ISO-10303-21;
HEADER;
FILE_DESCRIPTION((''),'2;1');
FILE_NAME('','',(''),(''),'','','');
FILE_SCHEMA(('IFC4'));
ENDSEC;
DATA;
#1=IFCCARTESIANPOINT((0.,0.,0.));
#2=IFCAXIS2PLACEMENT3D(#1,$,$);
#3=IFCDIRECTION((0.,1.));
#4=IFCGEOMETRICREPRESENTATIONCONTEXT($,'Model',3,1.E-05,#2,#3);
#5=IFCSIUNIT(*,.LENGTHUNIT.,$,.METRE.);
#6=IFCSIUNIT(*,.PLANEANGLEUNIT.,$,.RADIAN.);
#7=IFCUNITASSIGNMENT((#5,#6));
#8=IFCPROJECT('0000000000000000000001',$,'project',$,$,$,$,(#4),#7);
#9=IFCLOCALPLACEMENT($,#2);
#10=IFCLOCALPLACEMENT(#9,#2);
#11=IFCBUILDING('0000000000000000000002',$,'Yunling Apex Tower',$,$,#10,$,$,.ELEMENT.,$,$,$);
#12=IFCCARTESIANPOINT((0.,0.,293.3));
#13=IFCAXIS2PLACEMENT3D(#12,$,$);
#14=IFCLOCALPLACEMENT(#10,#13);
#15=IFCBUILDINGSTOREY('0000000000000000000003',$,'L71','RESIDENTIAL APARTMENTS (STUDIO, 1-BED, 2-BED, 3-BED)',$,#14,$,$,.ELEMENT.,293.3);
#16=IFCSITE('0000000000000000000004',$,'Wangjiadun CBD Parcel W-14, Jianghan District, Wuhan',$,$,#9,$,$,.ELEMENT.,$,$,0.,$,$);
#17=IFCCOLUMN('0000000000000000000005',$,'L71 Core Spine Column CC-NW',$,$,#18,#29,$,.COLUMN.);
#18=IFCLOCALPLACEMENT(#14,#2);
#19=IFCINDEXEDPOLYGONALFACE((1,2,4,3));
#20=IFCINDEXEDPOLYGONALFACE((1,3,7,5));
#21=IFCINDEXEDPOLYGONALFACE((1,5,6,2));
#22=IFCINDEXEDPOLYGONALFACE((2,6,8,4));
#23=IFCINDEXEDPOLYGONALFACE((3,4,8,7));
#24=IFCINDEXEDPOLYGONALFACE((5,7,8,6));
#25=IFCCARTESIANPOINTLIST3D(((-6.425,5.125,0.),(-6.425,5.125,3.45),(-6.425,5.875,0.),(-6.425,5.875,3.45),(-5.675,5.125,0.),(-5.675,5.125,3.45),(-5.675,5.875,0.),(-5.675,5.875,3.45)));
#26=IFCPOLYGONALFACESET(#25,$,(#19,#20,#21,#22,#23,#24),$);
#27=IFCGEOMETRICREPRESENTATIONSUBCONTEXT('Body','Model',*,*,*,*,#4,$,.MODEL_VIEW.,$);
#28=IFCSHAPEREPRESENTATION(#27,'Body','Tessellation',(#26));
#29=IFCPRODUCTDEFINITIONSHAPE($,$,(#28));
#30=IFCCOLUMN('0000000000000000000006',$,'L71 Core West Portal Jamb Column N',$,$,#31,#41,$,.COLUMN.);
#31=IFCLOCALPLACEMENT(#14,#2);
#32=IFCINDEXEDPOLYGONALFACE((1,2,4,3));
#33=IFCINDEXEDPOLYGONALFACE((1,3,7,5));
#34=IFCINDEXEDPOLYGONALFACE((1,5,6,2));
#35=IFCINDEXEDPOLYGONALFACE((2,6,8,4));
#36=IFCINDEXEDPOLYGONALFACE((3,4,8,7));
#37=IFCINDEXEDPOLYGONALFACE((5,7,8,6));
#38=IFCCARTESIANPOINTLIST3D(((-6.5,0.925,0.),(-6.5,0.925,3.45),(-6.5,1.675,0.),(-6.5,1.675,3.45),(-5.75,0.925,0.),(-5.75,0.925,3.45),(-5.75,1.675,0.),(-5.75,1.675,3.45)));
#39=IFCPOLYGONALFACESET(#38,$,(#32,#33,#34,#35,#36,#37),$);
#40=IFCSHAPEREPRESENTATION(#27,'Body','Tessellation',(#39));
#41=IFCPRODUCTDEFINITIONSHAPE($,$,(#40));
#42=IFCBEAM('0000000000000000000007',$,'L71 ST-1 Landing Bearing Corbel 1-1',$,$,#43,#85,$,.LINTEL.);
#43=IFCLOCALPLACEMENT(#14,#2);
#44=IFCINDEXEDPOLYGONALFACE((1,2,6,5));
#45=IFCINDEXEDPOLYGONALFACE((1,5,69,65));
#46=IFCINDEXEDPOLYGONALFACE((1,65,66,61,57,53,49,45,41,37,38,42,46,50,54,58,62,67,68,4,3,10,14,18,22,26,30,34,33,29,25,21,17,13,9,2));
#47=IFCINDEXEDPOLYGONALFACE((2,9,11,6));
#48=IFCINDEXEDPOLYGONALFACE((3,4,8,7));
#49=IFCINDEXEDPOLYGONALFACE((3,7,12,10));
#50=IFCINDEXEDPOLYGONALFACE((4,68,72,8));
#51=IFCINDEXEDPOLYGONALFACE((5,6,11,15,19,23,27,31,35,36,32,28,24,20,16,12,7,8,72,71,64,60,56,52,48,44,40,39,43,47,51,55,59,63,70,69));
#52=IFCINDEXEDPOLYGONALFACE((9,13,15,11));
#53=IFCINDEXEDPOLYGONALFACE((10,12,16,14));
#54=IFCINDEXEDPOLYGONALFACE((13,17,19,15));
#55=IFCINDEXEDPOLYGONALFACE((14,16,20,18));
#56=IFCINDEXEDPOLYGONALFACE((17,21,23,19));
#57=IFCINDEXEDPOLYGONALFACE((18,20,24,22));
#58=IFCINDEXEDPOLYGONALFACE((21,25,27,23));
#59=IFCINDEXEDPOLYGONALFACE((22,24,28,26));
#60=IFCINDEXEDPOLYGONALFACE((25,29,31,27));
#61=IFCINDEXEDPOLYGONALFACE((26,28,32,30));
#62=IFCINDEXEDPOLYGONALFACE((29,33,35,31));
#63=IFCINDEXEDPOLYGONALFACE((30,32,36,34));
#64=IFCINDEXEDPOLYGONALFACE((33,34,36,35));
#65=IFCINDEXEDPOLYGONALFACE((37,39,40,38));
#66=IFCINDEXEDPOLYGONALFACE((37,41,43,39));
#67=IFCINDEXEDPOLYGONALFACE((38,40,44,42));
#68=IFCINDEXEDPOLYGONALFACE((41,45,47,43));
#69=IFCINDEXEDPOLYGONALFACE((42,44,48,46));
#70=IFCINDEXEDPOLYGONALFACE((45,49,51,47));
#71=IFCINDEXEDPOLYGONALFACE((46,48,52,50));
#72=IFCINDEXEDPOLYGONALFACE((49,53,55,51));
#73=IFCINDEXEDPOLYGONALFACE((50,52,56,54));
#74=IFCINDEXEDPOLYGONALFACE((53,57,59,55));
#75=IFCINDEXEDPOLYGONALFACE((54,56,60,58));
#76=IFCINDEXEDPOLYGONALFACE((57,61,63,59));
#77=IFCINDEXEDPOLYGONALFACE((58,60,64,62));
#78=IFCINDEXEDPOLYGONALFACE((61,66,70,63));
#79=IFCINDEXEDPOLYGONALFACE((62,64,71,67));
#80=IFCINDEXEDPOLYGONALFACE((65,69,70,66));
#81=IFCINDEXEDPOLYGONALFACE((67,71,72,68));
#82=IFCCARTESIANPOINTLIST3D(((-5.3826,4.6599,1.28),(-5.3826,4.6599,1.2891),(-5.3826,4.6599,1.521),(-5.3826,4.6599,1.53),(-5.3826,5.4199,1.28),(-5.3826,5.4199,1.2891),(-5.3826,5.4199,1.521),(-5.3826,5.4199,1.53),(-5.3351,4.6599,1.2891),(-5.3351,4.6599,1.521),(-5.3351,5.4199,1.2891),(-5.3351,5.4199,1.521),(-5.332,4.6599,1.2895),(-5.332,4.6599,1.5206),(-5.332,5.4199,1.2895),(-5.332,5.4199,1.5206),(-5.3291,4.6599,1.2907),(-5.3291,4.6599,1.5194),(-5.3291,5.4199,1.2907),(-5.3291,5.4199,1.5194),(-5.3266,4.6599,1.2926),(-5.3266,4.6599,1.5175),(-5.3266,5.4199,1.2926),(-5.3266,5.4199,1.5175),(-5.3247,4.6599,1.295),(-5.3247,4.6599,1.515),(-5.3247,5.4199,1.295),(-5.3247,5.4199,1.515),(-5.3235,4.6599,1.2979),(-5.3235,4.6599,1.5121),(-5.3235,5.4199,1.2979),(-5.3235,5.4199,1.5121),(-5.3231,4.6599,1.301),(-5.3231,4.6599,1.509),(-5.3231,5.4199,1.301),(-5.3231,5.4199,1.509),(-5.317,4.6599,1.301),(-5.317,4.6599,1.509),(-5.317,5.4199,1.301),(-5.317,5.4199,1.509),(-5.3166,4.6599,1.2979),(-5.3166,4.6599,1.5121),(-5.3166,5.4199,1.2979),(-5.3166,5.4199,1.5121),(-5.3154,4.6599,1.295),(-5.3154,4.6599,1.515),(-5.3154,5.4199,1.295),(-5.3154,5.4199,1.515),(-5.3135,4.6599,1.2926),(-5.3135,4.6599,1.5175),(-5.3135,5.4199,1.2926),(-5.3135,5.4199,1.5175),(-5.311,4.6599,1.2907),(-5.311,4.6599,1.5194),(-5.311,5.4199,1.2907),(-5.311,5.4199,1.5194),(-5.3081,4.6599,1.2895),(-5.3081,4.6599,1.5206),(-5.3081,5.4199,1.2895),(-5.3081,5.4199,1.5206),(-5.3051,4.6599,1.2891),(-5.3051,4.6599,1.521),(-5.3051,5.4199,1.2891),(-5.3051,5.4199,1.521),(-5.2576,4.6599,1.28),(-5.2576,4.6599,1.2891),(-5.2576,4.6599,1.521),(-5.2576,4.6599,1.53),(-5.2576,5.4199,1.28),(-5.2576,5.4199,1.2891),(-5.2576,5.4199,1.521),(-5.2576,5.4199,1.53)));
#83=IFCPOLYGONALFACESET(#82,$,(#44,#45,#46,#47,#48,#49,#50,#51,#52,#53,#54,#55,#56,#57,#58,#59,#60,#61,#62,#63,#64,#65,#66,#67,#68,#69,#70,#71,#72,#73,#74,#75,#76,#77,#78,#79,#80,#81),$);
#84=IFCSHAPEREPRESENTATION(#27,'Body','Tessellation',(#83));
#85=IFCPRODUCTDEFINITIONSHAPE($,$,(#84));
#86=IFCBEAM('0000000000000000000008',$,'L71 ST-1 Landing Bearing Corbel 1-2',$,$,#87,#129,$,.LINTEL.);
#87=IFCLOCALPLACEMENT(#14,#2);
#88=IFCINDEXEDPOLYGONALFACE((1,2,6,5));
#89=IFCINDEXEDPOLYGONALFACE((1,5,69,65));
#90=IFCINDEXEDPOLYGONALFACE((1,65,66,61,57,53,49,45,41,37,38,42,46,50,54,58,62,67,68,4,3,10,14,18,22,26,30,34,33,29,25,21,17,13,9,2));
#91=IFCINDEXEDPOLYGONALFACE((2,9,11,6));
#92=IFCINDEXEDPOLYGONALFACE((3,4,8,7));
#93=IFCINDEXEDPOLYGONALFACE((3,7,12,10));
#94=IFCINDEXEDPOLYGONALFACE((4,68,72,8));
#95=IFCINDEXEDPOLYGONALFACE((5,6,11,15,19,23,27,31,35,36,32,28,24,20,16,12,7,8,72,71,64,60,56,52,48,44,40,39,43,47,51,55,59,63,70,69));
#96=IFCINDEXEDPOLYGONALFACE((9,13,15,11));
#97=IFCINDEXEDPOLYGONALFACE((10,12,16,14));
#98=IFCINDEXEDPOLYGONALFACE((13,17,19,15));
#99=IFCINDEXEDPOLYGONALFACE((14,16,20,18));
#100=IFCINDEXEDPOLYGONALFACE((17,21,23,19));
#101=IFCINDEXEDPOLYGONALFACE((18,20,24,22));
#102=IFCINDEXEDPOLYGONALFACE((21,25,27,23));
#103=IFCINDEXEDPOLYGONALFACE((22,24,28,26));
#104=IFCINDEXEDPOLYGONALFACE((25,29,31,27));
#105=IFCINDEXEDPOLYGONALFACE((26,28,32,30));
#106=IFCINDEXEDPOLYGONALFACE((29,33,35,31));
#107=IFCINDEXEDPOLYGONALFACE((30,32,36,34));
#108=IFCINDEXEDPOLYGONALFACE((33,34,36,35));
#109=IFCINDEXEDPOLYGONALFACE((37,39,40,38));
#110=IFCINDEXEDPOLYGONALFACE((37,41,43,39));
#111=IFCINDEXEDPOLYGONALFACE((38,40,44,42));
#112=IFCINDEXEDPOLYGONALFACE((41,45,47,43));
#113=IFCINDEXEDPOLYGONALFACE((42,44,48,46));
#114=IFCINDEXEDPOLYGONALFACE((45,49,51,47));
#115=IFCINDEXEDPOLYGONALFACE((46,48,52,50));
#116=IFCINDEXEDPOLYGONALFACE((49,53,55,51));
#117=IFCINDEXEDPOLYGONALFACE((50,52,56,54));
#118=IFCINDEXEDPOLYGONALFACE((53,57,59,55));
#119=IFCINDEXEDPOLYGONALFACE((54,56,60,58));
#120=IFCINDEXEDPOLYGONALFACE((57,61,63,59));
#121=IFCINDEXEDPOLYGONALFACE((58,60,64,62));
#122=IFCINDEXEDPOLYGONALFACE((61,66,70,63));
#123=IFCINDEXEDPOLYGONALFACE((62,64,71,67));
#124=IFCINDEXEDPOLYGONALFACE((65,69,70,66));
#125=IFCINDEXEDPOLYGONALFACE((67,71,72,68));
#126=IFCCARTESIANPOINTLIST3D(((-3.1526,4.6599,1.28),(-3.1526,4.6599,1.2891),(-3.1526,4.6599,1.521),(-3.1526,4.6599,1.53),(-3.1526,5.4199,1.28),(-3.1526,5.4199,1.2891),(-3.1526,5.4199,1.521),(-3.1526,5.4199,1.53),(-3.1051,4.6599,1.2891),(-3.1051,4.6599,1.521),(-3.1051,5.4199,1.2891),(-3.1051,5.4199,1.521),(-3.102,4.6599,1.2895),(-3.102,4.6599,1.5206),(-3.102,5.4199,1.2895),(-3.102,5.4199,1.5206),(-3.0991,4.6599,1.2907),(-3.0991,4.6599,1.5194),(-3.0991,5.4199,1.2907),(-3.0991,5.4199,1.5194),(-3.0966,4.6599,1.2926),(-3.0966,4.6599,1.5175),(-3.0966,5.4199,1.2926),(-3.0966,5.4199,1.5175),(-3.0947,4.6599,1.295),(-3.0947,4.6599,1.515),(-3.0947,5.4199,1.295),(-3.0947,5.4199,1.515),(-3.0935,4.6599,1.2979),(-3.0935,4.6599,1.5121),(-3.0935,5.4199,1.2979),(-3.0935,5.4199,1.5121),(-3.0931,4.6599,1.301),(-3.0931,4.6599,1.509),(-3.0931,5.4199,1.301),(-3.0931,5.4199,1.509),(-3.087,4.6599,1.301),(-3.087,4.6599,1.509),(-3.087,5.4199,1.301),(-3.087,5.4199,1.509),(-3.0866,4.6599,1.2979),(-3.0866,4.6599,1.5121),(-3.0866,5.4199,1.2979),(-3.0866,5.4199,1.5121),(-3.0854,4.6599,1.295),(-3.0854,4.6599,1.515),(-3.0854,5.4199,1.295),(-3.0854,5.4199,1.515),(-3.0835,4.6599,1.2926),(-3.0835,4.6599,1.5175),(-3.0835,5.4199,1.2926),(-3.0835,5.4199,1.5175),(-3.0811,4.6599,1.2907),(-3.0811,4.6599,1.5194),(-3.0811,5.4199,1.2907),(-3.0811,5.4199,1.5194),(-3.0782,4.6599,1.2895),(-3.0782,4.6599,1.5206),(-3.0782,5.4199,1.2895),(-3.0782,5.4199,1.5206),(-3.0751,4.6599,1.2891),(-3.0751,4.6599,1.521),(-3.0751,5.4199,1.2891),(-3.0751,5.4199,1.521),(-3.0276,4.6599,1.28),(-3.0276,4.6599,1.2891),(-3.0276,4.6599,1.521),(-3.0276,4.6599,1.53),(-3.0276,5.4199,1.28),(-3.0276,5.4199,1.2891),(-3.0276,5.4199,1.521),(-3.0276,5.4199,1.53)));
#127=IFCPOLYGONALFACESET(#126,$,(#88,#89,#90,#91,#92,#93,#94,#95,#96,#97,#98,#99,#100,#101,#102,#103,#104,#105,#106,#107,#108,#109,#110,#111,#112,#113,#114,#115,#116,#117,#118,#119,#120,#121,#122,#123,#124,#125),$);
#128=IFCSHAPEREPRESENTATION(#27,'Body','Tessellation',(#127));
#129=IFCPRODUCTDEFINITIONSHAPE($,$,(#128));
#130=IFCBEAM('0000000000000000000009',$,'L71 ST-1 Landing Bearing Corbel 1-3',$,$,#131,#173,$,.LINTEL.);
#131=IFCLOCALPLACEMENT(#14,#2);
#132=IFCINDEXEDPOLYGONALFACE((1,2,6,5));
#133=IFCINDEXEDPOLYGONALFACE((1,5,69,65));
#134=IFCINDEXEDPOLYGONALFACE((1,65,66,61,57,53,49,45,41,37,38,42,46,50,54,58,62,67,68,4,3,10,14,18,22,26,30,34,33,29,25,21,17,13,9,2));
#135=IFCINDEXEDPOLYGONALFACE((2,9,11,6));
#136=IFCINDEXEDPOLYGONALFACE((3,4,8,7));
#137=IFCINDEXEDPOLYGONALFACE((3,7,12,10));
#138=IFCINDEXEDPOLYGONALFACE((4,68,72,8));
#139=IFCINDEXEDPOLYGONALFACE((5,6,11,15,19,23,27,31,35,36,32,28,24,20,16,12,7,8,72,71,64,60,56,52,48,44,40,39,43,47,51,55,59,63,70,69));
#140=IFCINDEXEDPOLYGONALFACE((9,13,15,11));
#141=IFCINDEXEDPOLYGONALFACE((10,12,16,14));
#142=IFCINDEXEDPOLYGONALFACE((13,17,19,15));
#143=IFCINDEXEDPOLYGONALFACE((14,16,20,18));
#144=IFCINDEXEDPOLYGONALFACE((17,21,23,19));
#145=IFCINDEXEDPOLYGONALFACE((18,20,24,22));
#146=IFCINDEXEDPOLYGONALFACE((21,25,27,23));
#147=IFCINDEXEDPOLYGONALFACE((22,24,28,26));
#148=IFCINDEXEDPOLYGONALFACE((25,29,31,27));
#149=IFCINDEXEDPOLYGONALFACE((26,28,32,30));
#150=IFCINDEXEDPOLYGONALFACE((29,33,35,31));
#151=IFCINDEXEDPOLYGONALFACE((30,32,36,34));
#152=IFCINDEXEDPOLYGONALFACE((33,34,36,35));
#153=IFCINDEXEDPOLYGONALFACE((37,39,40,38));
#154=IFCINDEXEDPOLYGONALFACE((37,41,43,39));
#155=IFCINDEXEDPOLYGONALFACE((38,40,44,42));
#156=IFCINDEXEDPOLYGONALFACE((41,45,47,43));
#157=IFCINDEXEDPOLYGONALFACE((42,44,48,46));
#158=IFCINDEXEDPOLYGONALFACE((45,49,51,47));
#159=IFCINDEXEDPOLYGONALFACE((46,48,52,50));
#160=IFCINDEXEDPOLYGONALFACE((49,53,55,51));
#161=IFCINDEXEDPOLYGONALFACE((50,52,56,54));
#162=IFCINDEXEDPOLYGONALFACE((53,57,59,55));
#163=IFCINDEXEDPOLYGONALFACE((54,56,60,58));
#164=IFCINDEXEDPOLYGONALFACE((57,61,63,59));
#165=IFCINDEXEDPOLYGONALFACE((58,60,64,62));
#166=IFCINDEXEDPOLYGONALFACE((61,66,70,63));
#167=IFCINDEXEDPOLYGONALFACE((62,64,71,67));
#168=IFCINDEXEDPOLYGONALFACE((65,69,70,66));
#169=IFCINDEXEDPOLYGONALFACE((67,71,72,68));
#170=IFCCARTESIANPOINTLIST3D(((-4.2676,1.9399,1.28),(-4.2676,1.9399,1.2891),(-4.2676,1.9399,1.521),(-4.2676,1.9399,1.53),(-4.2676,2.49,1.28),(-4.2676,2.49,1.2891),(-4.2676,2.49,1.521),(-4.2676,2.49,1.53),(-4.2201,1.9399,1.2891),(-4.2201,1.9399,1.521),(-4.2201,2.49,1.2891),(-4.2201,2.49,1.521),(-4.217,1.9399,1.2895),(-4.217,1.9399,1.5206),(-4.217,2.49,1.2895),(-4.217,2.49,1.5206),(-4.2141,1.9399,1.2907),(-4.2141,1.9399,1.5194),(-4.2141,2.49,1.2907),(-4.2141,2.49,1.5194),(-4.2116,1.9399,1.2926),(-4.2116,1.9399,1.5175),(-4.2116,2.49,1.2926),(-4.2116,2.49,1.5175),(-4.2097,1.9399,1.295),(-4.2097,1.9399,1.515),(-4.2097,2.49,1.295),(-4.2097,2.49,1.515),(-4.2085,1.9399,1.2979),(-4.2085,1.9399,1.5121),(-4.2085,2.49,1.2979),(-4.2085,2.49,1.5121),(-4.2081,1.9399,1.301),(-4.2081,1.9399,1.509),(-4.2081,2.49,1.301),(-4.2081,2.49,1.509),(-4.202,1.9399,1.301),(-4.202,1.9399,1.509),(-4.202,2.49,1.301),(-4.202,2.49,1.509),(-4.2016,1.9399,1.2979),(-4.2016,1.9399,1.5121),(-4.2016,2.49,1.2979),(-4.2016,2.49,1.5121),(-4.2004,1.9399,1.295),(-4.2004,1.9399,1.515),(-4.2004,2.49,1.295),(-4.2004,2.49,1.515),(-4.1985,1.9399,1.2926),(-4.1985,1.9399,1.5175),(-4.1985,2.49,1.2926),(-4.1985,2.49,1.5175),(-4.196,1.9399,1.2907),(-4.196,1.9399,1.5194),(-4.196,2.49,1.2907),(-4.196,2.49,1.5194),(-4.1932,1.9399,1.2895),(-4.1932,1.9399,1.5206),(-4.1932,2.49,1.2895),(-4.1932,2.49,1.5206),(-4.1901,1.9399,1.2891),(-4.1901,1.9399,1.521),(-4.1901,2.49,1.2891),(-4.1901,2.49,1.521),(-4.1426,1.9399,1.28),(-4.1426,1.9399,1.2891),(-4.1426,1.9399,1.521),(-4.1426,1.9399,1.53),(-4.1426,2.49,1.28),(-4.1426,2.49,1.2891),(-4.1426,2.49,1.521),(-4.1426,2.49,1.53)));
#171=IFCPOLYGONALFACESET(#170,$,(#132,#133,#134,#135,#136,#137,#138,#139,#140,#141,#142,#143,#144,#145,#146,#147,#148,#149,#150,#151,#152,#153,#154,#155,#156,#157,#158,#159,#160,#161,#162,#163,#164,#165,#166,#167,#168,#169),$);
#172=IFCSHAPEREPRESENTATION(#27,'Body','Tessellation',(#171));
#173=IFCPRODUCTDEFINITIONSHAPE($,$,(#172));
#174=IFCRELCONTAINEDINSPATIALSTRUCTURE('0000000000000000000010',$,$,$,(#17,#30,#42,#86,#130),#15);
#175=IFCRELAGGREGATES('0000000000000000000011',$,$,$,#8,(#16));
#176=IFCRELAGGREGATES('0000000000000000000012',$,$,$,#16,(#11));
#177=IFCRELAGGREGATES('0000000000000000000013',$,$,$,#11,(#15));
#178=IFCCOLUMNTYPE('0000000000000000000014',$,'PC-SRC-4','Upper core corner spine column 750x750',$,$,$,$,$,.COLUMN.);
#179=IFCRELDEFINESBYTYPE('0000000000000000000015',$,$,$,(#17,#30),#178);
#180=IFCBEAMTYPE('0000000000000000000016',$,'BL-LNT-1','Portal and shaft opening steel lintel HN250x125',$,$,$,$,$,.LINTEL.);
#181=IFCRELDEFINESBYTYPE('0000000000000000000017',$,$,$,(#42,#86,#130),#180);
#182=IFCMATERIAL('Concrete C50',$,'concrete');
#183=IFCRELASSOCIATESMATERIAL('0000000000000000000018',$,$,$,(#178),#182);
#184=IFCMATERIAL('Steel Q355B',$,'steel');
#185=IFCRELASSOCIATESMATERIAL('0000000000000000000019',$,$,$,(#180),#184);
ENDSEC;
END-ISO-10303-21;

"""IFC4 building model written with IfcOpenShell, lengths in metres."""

from ifc_helpers import new_model, si_unit, direction, frame, origin, origin_2d, place, context, subcontext, project, spatial, rectangle, i_section, extrude, source, transform, mapped, material, material_profile, profile_set, type_object, element, save


model = new_model("IFC4")

# Units and contexts
model_context = context("Model", 3, precision=1e-05, world=origin(), true_north=direction((0.0, 1.0)))
body_context = subcontext(model_context, "Body", "Model", "MODEL_VIEW")
ifc_project = project(units=[si_unit("LENGTHUNIT", "METRE"), si_unit("PLANEANGLEUNIT", "RADIAN")], contexts=[model_context])

# Site, building, storey
site_placement = place(None, origin())
site = spatial("IfcSite", under=ifc_project, at=site_placement, Name="Wangjiadun CBD Parcel W-14, Jianghan District, Wuhan", CompositionType="ELEMENT", RefElevation=0.0)
building_placement = place(site_placement, origin())
building = spatial("IfcBuilding", under=site, at=building_placement, Name="Yunling Apex Tower", CompositionType="ELEMENT")
storey_placement = place(building_placement, frame((0.0, 0.0, 293.3)))
storey = spatial("IfcBuildingStorey", under=building, at=storey_placement, Name="L71", Description="RESIDENTIAL APARTMENTS (STUDIO, 1-BED, 2-BED, 3-BED)", CompositionType="ELEMENT", Elevation=293.3)

# Columns
ifc_material_1 = material(Name="Concrete C50", Category="concrete")
ifc_material_profile_1 = material_profile(ifc_material_1, rectangle(XDim=0.75, YDim=0.75, at=origin_2d()))
ifc_profile_set_1 = profile_set([ifc_material_profile_1], Name="Concrete C50")
column_type = type_object("IfcColumnType", Name="PC-SRC-4", Description="Upper core corner spine column 750x750", PredefinedType="COLUMN", material=ifc_profile_set_1)
shared_shape_1 = source(origin(), body_context, "Body", "SweptSolid", [
    extrude(rectangle(XDim=0.75, YDim=0.75, at=origin_2d()), origin(), (0.0, 0.0, 1.0), 3.45),
])
for number, where, z_axis, x_axis, name in (
    (1, (-6.05, 5.5, 0.0), (0.0, 0.0, 1.0), (1.0, 0.0, 0.0), "L71 Core Spine Column CC-NW"),
    (2, (-6.125, 1.3, 0.0), (0.0, 0.0, 1.0), (1.0, 0.0, 0.0), "L71 Core West Portal Jamb Column N"),
):
    element("IfcColumn", number, at=place(storey_placement, frame(where, z_axis=z_axis, x_axis=x_axis)), inside=storey, type_object=column_type, Name=name, PredefinedType="COLUMN", context=body_context, shape_type="MappedRepresentation", body=[
        mapped(shared_shape_1, transform((0.0, 0.0, 0.0), scale=1.0)),
    ])

# Beams
ifc_material_2 = material(Name="Steel Q355B", Category="steel")
ifc_material_profile_2 = material_profile(ifc_material_2, i_section(OverallWidth=0.125, OverallDepth=0.25, WebThickness=0.0061, FlangeThickness=0.009, FilletRadius=0.012, at=origin_2d()))
ifc_profile_set_2 = profile_set([ifc_material_profile_2], Name="Steel Q355B")
beam_type_1 = type_object("IfcBeamType", Name="BL-LNT-1", Description="Portal and shaft opening steel lintel HN250x125", PredefinedType="LINTEL", material=ifc_profile_set_2)
shared_shape_2 = source(origin(), body_context, "Body", "SweptSolid", [
    extrude(i_section(OverallWidth=0.125, OverallDepth=0.25, WebThickness=0.0061, FlangeThickness=0.009, FilletRadius=0.012, at=origin_2d()), origin(), (0.0, 0.0, 1.0), 0.76),
])
for number, where, z_axis, x_axis, name in (
    (3, (-5.3201, 5.4199, 1.405), (0.0, -1.0, 0.0), (1.0, 0.0, 0.0), "L71 ST-1 Landing Bearing Corbel 1-1"),
    (4, (-3.0901, 5.4199, 1.405), (0.0, -1.0, 0.0), (1.0, 0.0, 0.0), "L71 ST-1 Landing Bearing Corbel 1-2"),
):
    element("IfcBeam", number, at=place(storey_placement, frame(where, z_axis=z_axis, x_axis=x_axis)), inside=storey, type_object=beam_type_1, Name=name, PredefinedType="LINTEL", context=body_context, shape_type="MappedRepresentation", body=[
        mapped(shared_shape_2, transform((0.0, 0.0, 0.0), scale=1.0)),
    ])
shared_shape_3 = source(origin(), body_context, "Body", "SweptSolid", [
    extrude(i_section(OverallWidth=0.125, OverallDepth=0.25, WebThickness=0.0061, FlangeThickness=0.009, FilletRadius=0.012, at=origin_2d()), origin(), (0.0, 0.0, 1.0), 0.55),
])
beam_1_placement = place(storey_placement, frame((-4.2051, 1.9399, 1.405), z_axis=(0.0, 1.0, 0.0), x_axis=(-1.0, 0.0, 0.0)))
element("IfcBeam", 5, at=beam_1_placement, inside=storey, type_object=beam_type_1, Name="L71 ST-1 Landing Bearing Corbel 1-3", PredefinedType="LINTEL", context=body_context, shape_type="MappedRepresentation", body=[
    mapped(shared_shape_3, transform((0.0, 0.0, 0.0), scale=1.0)),
])

save(model, "model.ifc")
